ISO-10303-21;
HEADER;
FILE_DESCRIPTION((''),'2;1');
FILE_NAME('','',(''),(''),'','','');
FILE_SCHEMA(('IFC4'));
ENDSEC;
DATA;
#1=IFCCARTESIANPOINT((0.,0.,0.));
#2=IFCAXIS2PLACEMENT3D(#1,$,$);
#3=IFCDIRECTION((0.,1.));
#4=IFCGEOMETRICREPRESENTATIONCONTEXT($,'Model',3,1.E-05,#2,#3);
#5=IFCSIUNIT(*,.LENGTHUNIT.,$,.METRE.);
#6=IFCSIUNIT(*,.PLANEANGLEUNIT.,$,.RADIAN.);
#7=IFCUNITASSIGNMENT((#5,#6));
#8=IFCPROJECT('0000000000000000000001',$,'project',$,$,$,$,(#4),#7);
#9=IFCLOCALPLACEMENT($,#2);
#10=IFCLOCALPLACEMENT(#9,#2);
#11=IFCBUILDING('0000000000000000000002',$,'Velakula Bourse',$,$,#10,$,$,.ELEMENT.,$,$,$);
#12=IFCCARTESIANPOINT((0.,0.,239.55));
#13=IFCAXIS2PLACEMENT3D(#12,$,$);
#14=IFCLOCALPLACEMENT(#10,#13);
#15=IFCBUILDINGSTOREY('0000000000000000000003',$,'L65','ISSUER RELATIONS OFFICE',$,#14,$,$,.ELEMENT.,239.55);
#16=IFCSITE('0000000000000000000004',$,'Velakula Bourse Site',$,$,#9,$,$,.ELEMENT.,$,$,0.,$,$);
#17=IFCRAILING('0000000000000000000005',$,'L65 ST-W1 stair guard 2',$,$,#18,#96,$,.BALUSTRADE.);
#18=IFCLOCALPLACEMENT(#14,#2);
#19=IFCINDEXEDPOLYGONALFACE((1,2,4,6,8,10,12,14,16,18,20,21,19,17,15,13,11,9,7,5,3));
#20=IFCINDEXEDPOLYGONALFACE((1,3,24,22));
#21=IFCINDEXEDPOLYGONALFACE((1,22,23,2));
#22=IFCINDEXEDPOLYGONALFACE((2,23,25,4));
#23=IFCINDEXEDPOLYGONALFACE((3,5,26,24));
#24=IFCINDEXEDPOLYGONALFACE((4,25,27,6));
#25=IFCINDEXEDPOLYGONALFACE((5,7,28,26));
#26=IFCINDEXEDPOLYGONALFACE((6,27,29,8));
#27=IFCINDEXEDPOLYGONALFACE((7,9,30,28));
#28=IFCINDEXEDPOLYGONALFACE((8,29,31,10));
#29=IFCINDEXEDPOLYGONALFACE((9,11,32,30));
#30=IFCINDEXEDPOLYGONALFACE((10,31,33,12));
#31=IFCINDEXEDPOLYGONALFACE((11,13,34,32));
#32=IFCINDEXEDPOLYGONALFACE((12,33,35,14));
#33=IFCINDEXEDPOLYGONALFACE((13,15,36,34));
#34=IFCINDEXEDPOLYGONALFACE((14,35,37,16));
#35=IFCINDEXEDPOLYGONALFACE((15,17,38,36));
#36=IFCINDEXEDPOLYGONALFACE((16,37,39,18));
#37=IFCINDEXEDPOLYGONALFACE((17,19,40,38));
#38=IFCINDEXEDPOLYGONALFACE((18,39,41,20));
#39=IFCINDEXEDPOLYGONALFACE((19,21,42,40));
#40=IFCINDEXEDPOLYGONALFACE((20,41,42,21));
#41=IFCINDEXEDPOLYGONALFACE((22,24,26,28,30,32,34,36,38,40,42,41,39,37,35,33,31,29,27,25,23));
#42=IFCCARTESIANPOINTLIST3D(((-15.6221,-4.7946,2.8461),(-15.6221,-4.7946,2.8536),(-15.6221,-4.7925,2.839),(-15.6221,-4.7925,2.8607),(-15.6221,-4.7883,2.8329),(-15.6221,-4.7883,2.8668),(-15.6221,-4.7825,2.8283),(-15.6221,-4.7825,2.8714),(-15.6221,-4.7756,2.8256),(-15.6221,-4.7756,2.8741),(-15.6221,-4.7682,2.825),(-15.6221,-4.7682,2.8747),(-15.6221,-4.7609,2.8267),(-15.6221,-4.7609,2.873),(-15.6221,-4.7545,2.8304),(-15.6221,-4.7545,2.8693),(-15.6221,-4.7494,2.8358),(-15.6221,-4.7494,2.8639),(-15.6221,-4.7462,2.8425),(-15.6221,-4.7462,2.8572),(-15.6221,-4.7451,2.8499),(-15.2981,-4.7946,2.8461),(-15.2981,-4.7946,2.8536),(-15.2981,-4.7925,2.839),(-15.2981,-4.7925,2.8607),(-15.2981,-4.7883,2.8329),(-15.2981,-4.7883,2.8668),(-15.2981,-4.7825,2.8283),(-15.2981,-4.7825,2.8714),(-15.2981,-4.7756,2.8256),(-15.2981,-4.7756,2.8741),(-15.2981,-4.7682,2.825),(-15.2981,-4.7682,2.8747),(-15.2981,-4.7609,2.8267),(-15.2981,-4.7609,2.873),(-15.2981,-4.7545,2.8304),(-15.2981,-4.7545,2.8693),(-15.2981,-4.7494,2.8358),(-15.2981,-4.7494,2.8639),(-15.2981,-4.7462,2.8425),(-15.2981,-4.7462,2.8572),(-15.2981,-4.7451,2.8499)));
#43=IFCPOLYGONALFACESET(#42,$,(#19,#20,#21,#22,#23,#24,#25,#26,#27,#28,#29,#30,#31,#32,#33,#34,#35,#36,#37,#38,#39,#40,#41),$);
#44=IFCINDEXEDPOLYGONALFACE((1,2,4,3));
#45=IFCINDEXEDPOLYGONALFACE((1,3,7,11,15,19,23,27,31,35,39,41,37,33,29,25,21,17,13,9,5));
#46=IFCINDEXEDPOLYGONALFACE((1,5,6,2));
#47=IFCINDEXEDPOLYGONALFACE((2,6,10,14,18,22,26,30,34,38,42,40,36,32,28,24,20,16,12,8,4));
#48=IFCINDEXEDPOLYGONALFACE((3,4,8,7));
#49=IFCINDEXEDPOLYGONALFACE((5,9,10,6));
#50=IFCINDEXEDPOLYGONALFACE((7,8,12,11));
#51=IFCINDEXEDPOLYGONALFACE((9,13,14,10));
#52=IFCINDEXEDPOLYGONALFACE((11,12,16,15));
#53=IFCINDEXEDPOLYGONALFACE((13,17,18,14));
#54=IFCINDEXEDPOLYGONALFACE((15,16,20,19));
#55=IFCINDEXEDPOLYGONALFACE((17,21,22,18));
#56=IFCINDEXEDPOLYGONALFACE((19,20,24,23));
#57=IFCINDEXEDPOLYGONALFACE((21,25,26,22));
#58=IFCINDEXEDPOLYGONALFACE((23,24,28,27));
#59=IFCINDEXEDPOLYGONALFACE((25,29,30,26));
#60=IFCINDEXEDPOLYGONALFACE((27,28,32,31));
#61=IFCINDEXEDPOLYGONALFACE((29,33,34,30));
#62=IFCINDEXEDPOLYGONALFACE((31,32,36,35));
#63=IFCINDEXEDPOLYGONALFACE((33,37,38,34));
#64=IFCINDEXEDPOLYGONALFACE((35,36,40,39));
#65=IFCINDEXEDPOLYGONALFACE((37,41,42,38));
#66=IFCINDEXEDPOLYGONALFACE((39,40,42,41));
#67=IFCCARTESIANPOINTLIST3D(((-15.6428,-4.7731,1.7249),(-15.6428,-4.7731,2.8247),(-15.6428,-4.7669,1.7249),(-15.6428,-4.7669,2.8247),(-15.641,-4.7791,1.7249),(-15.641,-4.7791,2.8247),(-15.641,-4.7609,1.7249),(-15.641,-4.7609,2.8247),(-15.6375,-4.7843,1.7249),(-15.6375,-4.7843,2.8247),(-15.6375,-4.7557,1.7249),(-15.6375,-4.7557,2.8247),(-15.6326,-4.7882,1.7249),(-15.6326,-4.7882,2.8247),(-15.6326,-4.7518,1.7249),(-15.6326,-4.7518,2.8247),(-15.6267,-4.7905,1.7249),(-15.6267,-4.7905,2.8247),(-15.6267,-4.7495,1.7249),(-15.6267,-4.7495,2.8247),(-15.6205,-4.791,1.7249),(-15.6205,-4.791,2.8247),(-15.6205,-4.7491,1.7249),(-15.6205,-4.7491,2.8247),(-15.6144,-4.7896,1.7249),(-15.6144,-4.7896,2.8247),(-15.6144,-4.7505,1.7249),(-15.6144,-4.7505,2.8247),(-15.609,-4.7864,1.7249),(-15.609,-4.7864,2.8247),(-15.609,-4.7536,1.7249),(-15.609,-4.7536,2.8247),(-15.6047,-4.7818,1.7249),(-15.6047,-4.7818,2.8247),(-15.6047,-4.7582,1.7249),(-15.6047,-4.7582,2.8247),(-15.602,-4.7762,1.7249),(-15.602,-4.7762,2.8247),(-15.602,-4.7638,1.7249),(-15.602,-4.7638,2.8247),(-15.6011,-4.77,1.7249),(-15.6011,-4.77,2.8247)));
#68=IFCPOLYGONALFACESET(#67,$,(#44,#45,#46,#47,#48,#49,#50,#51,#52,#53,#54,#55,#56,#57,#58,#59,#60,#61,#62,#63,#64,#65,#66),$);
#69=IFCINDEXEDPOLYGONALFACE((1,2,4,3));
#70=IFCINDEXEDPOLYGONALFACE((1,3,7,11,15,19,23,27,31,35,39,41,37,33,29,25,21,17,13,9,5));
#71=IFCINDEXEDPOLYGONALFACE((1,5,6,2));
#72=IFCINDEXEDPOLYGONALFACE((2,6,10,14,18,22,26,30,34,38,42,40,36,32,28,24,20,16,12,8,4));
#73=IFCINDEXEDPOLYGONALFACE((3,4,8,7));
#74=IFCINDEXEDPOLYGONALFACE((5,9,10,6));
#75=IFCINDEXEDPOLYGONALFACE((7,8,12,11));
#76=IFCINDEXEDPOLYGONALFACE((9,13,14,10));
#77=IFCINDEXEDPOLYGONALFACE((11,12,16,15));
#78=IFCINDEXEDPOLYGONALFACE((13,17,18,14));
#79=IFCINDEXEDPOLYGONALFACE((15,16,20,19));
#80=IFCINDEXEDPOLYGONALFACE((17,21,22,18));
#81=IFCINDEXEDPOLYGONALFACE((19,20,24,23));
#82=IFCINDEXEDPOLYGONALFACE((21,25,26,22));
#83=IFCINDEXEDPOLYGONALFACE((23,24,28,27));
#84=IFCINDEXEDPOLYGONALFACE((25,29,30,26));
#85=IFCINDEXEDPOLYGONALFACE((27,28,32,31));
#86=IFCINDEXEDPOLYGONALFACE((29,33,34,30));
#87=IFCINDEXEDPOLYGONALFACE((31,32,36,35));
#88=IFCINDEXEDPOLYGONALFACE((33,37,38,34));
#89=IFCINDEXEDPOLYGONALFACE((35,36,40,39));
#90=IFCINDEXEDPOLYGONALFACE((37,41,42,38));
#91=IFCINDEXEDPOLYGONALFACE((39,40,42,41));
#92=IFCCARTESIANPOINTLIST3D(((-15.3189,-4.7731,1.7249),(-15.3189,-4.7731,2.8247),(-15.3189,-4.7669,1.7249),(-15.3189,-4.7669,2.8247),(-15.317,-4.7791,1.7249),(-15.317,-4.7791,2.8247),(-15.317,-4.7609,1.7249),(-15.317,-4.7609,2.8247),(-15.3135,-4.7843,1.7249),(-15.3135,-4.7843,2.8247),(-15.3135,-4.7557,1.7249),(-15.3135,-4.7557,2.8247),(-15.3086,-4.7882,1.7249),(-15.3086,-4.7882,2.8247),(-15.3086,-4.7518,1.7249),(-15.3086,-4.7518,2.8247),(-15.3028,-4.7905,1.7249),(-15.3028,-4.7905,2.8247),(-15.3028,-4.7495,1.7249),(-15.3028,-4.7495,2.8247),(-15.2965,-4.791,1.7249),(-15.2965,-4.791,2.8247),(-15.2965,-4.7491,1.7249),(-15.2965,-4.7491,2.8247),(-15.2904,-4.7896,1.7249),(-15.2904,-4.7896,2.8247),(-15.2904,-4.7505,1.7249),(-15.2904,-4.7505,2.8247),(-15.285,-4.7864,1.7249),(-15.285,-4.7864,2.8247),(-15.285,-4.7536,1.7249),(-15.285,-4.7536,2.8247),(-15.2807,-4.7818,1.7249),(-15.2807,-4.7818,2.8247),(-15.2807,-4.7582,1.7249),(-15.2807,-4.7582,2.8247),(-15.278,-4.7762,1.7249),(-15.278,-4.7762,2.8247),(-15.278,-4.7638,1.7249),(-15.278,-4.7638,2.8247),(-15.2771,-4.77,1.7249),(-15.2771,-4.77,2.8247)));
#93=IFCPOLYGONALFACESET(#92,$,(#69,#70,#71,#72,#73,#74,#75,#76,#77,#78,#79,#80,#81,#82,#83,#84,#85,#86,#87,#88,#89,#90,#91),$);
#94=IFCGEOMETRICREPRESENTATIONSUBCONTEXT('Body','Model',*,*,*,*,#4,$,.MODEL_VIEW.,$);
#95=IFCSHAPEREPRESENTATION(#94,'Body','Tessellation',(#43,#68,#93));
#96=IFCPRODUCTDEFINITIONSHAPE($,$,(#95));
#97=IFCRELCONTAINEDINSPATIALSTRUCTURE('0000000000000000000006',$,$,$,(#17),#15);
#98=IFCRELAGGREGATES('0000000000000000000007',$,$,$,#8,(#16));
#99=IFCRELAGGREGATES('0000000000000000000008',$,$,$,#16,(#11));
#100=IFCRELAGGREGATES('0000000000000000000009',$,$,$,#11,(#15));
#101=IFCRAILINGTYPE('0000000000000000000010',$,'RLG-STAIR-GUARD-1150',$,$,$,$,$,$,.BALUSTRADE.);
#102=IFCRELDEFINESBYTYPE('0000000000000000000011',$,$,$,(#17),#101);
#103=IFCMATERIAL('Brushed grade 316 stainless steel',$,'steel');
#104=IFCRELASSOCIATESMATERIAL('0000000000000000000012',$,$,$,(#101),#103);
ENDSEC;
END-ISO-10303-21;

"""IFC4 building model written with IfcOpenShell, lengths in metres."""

from ifc_helpers import new_model, si_unit, direction, frame, origin, origin_2d, place, context, subcontext, project, spatial, circle, extrude, material, type_object, element, save


model = new_model("IFC4")

# Units and contexts
model_context = context("Model", 3, precision=1e-05, world=origin(), true_north=direction((0.0, 1.0)))
body_context = subcontext(model_context, "Body", "Model", "MODEL_VIEW")
ifc_project = project(units=[si_unit("LENGTHUNIT", "METRE"), si_unit("PLANEANGLEUNIT", "RADIAN")], contexts=[model_context])

# Site, building, storey
site_placement = place(None, origin())
site = spatial("IfcSite", under=ifc_project, at=site_placement, Name="Velakula Bourse Site", CompositionType="ELEMENT", RefElevation=0.0)
building_placement = place(site_placement, origin())
building = spatial("IfcBuilding", under=site, at=building_placement, Name="Velakula Bourse", CompositionType="ELEMENT")
storey_placement = place(building_placement, frame((0.0, 0.0, 239.55)))
storey = spatial("IfcBuildingStorey", under=building, at=storey_placement, Name="L65", Description="ISSUER RELATIONS OFFICE", CompositionType="ELEMENT", Elevation=239.55)

# Shared definitions
ifc_material_1 = material(Name="Brushed grade 316 stainless steel", Category="steel")

# Railing
railing_type_1 = type_object("IfcRailingType", Name="RLG-STAIR-GUARD-1150", PredefinedType="BALUSTRADE", material=ifc_material_1)
railing_1_placement = place(storey_placement, frame((-15.6221, -4.77, 1.7249)))
element("IfcRailing", 1, at=railing_1_placement, inside=storey, type_object=railing_type_1, Name="L65 ST-W1 stair guard 2", PredefinedType="BALUSTRADE", context=body_context, shape_type="SweptSolid", body=[
    extrude(circle(Radius=0.0249, at=origin_2d()), frame((0.0, 0.0, 1.125), z_axis=(1.0, 0.0, 0.0), x_axis=(0.0, 1.0, 0.0)), (0.0, 0.0, 1.0), 0.324),
    extrude(circle(Radius=0.021, at=origin_2d()), origin(), (0.0, 0.0, 1.0), 1.0999),
    extrude(circle(Radius=0.021, at=origin_2d()), frame((0.324, 0.0, 0.0)), (0.0, 0.0, 1.0), 1.0999),
])

save(model, "model.ifc")
